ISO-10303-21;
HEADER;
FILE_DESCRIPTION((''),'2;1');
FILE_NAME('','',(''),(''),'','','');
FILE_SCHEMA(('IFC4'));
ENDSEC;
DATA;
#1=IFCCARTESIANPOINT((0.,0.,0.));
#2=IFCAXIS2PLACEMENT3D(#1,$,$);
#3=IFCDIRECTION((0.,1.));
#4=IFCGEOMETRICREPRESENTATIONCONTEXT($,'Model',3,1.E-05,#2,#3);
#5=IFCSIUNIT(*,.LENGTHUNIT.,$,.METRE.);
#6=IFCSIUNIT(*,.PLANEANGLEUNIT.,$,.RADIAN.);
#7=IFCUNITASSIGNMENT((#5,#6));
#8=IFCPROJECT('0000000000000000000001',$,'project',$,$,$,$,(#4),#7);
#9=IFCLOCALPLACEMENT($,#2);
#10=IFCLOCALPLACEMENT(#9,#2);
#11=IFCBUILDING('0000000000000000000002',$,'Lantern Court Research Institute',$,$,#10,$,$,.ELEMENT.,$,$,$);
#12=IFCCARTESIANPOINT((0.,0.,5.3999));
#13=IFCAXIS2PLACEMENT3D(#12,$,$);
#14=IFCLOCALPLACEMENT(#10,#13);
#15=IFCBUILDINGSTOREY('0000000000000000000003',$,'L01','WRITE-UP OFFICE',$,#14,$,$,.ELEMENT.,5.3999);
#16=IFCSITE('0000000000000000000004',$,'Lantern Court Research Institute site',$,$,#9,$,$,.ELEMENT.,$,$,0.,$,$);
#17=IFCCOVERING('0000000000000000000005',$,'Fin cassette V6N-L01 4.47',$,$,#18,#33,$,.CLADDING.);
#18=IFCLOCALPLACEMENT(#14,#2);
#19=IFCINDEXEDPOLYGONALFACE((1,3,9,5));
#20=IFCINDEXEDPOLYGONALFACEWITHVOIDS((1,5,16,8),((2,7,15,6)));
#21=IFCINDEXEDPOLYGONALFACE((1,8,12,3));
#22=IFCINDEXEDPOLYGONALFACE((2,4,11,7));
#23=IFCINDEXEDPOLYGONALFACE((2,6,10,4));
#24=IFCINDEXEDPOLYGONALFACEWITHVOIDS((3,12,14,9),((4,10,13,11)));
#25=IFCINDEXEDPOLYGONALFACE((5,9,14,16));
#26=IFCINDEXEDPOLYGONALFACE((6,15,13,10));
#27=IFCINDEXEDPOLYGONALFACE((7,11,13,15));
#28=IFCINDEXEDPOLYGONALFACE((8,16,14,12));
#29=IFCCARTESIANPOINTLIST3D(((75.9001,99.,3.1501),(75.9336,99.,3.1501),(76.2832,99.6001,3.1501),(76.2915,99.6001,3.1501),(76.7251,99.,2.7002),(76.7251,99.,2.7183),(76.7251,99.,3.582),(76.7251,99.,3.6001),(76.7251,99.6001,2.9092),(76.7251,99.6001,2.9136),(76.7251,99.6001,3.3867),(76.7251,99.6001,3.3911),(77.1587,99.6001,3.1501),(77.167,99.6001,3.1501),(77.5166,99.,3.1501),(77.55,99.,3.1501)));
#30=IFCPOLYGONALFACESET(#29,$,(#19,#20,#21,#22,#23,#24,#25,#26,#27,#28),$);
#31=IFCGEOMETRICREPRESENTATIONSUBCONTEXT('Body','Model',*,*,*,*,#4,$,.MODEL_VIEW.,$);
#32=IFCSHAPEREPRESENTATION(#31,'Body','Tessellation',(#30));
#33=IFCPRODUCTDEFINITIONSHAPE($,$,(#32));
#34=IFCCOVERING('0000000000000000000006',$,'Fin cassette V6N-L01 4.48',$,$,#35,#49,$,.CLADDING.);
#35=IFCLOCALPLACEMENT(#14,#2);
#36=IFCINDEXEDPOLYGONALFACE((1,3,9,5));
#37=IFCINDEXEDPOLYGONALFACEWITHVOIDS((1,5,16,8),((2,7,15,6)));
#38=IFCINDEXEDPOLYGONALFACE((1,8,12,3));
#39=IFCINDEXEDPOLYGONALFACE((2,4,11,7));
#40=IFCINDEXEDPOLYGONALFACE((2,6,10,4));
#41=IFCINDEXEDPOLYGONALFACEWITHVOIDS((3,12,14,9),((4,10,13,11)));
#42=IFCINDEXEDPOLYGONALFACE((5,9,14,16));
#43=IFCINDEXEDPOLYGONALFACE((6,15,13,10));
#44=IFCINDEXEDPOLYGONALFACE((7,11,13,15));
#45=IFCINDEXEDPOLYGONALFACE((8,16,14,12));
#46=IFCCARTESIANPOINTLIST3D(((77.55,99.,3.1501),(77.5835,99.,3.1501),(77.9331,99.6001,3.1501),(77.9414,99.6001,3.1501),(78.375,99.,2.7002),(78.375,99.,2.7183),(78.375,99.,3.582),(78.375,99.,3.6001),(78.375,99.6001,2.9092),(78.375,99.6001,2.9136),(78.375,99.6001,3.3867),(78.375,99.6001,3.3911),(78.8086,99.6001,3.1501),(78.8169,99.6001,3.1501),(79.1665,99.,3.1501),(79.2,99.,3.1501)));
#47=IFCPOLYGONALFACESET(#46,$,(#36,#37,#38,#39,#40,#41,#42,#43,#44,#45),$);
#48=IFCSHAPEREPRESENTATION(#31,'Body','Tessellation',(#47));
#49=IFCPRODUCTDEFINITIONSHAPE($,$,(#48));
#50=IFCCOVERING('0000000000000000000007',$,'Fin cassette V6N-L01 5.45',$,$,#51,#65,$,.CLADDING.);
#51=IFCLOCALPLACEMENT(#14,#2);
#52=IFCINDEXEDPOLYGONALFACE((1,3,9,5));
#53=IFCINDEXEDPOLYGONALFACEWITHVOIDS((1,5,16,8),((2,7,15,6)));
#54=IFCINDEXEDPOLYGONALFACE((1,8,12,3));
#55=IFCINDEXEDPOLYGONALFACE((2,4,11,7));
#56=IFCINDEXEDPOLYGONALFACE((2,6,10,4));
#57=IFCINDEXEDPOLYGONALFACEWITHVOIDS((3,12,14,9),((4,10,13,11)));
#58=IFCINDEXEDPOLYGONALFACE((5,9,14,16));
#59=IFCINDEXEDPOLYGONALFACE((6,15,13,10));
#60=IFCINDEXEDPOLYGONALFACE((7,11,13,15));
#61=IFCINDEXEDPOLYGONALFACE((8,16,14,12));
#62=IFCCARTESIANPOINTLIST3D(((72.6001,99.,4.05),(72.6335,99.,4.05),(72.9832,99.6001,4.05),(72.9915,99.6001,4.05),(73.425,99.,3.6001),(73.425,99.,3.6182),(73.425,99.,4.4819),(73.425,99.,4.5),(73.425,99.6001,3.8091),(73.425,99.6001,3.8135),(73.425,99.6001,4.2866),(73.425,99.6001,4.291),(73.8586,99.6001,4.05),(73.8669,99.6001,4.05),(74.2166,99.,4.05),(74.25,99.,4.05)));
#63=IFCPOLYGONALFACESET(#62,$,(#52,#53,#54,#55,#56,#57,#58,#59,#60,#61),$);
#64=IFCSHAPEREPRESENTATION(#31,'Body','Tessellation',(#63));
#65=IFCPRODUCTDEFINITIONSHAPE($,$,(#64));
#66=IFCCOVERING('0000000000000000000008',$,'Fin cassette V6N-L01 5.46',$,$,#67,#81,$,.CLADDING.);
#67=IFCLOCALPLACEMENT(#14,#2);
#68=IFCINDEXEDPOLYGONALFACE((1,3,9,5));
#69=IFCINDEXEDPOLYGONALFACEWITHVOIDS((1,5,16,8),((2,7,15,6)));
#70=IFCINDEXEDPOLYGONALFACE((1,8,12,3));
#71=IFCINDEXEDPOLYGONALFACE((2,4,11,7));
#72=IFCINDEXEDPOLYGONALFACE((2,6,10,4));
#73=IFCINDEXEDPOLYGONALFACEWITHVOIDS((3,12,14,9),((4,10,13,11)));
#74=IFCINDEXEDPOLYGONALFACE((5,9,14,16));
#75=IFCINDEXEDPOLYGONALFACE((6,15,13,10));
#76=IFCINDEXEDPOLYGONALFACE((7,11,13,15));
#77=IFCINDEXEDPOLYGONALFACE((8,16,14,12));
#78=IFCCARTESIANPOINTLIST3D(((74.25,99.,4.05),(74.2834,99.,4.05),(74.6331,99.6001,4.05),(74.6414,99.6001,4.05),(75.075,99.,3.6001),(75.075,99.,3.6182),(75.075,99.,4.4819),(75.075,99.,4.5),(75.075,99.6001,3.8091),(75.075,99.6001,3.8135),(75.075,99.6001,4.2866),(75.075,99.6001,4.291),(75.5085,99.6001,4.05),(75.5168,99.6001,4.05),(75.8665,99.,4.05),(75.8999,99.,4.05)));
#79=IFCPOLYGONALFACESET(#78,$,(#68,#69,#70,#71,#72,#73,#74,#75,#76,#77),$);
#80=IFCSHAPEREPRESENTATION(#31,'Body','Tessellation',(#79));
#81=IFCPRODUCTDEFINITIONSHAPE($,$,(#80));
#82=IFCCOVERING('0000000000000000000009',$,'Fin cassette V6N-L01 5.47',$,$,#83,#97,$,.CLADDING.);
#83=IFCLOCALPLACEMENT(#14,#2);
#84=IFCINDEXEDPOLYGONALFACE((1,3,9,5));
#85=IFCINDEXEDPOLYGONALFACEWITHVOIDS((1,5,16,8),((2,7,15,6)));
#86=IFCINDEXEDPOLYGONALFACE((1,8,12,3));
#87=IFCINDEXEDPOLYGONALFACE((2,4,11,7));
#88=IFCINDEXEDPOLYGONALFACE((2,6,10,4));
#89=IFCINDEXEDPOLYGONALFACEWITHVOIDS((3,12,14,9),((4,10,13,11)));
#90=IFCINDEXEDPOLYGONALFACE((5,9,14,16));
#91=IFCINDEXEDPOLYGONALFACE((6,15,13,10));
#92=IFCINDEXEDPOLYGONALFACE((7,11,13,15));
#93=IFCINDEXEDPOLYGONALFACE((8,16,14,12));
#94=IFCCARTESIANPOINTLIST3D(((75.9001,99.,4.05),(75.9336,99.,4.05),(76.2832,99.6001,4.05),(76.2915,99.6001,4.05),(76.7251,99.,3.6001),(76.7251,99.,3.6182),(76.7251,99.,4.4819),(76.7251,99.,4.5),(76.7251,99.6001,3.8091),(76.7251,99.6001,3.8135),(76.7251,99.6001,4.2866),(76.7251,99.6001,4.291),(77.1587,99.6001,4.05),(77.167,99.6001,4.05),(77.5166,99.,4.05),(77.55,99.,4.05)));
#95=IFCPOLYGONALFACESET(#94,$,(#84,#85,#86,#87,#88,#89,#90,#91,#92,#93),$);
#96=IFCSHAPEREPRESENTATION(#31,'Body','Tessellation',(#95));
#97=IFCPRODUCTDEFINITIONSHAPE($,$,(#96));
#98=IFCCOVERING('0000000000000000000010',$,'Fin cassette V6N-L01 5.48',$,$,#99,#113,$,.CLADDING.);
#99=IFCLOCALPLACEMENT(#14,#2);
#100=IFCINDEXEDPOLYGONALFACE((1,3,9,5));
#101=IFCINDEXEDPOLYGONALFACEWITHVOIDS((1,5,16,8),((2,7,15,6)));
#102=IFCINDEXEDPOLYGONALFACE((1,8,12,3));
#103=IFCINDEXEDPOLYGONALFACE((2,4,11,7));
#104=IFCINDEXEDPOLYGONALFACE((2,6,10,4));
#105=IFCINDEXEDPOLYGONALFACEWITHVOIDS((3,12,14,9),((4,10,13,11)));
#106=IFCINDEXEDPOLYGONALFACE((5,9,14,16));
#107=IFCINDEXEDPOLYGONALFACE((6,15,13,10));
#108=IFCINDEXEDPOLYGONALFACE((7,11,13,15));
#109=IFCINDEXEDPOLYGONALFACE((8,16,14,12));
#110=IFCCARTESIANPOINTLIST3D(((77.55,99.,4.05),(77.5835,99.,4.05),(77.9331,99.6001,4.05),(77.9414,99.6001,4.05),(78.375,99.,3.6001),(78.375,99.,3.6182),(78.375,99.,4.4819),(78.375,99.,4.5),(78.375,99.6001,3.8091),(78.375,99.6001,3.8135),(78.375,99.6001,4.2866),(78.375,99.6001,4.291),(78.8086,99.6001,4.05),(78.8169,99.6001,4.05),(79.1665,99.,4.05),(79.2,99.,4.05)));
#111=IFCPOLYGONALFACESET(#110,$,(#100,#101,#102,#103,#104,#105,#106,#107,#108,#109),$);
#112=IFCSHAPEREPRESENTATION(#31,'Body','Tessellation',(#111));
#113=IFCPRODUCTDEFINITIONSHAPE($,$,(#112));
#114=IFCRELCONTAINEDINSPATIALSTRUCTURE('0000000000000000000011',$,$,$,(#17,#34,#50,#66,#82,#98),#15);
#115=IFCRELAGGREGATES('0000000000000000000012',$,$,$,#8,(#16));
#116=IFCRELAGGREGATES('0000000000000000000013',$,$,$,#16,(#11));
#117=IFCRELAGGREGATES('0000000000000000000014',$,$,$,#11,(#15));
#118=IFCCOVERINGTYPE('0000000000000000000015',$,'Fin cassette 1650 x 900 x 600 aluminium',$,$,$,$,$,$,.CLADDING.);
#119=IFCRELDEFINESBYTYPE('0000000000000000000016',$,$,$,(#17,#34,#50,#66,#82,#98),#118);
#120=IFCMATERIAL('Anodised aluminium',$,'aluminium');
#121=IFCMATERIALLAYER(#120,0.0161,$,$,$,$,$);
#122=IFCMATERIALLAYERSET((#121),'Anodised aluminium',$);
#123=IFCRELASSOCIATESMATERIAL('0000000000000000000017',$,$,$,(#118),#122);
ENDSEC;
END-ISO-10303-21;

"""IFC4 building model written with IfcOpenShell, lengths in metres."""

from ifc_helpers import new_model, entity, si_unit, direction, frame, origin, place, context, subcontext, project, spatial, material, layer, layer_set, type_object, element, save


model = new_model("IFC4")

# Units and contexts
model_context = context("Model", 3, precision=1e-05, world=origin(), true_north=direction((0.0, 1.0)))
body_context = subcontext(model_context, "Body", "Model", "MODEL_VIEW")
ifc_project = project(units=[si_unit("LENGTHUNIT", "METRE"), si_unit("PLANEANGLEUNIT", "RADIAN")], contexts=[model_context])

# Site, building, storey
site_placement = place(None, origin())
site = spatial("IfcSite", under=ifc_project, at=site_placement, Name="Lantern Court Research Institute site", CompositionType="ELEMENT", RefElevation=0.0)
building_placement = place(site_placement, origin())
building = spatial("IfcBuilding", under=site, at=building_placement, Name="Lantern Court Research Institute", CompositionType="ELEMENT")
storey_placement = place(building_placement, frame((0.0, 0.0, 5.3999)))
storey = spatial("IfcBuildingStorey", under=building, at=storey_placement, Name="L01", Description="WRITE-UP OFFICE", CompositionType="ELEMENT", Elevation=5.3999)

# Coverings
ifc_material_1 = material(Name="Anodised aluminium", Category="aluminium")
ifc_layer_1 = layer(ifc_material_1, 0.0161)
ifc_layer_set_1 = layer_set([ifc_layer_1], Name="Anodised aluminium")
covering_type = type_object("IfcCoveringType", Name="Fin cassette 1650 x 900 x 600 aluminium", PredefinedType="CLADDING", material=ifc_layer_set_1)
covering_1_placement = place(storey_placement, frame((76.7251, 99.0, 3.1501), z_axis=(0.0, 1.0, 0.0), x_axis=(-1.0, 0.0, 0.0)))
cartesian_point_1 = entity("IfcCartesianPoint", [0.825, 0.0])
cartesian_point_2 = entity("IfcCartesianPoint", [0.7915, 0.0])
cartesian_point_3 = entity("IfcCartesianPoint", [0.4419, 0.0])
cartesian_point_4 = entity("IfcCartesianPoint", [0.4336, 0.0])
element("IfcCovering", 1, at=covering_1_placement, inside=storey, type_object=covering_type, Name="Fin cassette V6N-L01 4.47", PredefinedType="CLADDING", context=body_context, shape_type="SweptSolid", body=[
    entity("IfcExtrudedAreaSolidTapered", entity("IfcArbitraryProfileDefWithVoids", "AREA", None, entity("IfcPolyline", [cartesian_point_1, entity("IfcCartesianPoint", [0.0, 0.45]), entity("IfcCartesianPoint", [-0.825, 0.0]), entity("IfcCartesianPoint", [0.0, -0.45]), cartesian_point_1]), [entity("IfcPolyline", [cartesian_point_2, entity("IfcCartesianPoint", [0.0, 0.4319]), entity("IfcCartesianPoint", [-0.7915, 0.0]), entity("IfcCartesianPoint", [0.0, -0.4319]), cartesian_point_2])]), entity("IfcAxis2Placement3D", entity("IfcCartesianPoint", [0.0, 0.0, 0.0])), entity("IfcDirection", [0.0, 0.0, 1.0]), 0.6001, entity("IfcArbitraryProfileDefWithVoids", "AREA", None, entity("IfcPolyline", [cartesian_point_3, entity("IfcCartesianPoint", [0.0, 0.241]), entity("IfcCartesianPoint", [-0.4419, 0.0]), entity("IfcCartesianPoint", [0.0, -0.241]), cartesian_point_3]), [entity("IfcPolyline", [cartesian_point_4, entity("IfcCartesianPoint", [0.0, 0.2366]), entity("IfcCartesianPoint", [-0.4336, 0.0]), entity("IfcCartesianPoint", [0.0, -0.2366]), cartesian_point_4])])),
])
covering_2_placement = place(storey_placement, frame((78.375, 99.0, 3.1501), z_axis=(0.0, 1.0, 0.0), x_axis=(-1.0, 0.0, 0.0)))
cartesian_point_5 = entity("IfcCartesianPoint", [0.825, 0.0])
cartesian_point_6 = entity("IfcCartesianPoint", [0.7915, 0.0])
cartesian_point_7 = entity("IfcCartesianPoint", [0.4419, 0.0])
cartesian_point_8 = entity("IfcCartesianPoint", [0.4336, 0.0])
element("IfcCovering", 2, at=covering_2_placement, inside=storey, type_object=covering_type, Name="Fin cassette V6N-L01 4.48", PredefinedType="CLADDING", context=body_context, shape_type="SweptSolid", body=[
    entity("IfcExtrudedAreaSolidTapered", entity("IfcArbitraryProfileDefWithVoids", "AREA", None, entity("IfcPolyline", [cartesian_point_5, entity("IfcCartesianPoint", [0.0, 0.45]), entity("IfcCartesianPoint", [-0.825, 0.0]), entity("IfcCartesianPoint", [0.0, -0.45]), cartesian_point_5]), [entity("IfcPolyline", [cartesian_point_6, entity("IfcCartesianPoint", [0.0, 0.4319]), entity("IfcCartesianPoint", [-0.7915, 0.0]), entity("IfcCartesianPoint", [0.0, -0.4319]), cartesian_point_6])]), entity("IfcAxis2Placement3D", entity("IfcCartesianPoint", [0.0, 0.0, 0.0])), entity("IfcDirection", [0.0, 0.0, 1.0]), 0.6001, entity("IfcArbitraryProfileDefWithVoids", "AREA", None, entity("IfcPolyline", [cartesian_point_7, entity("IfcCartesianPoint", [0.0, 0.241]), entity("IfcCartesianPoint", [-0.4419, 0.0]), entity("IfcCartesianPoint", [0.0, -0.241]), cartesian_point_7]), [entity("IfcPolyline", [cartesian_point_8, entity("IfcCartesianPoint", [0.0, 0.2366]), entity("IfcCartesianPoint", [-0.4336, 0.0]), entity("IfcCartesianPoint", [0.0, -0.2366]), cartesian_point_8])])),
])
covering_3_placement = place(storey_placement, frame((73.425, 99.0, 4.05), z_axis=(0.0, 1.0, 0.0), x_axis=(-1.0, 0.0, 0.0)))
cartesian_point_9 = entity("IfcCartesianPoint", [0.825, 0.0])
cartesian_point_10 = entity("IfcCartesianPoint", [0.7915, 0.0])
cartesian_point_11 = entity("IfcCartesianPoint", [0.4419, 0.0])
cartesian_point_12 = entity("IfcCartesianPoint", [0.4336, 0.0])
element("IfcCovering", 3, at=covering_3_placement, inside=storey, type_object=covering_type, Name="Fin cassette V6N-L01 5.45", PredefinedType="CLADDING", context=body_context, shape_type="SweptSolid", body=[
    entity("IfcExtrudedAreaSolidTapered", entity("IfcArbitraryProfileDefWithVoids", "AREA", None, entity("IfcPolyline", [cartesian_point_9, entity("IfcCartesianPoint", [0.0, 0.45]), entity("IfcCartesianPoint", [-0.825, 0.0]), entity("IfcCartesianPoint", [0.0, -0.45]), cartesian_point_9]), [entity("IfcPolyline", [cartesian_point_10, entity("IfcCartesianPoint", [0.0, 0.4319]), entity("IfcCartesianPoint", [-0.7915, 0.0]), entity("IfcCartesianPoint", [0.0, -0.4319]), cartesian_point_10])]), entity("IfcAxis2Placement3D", entity("IfcCartesianPoint", [0.0, 0.0, 0.0])), entity("IfcDirection", [0.0, 0.0, 1.0]), 0.6001, entity("IfcArbitraryProfileDefWithVoids", "AREA", None, entity("IfcPolyline", [cartesian_point_11, entity("IfcCartesianPoint", [0.0, 0.241]), entity("IfcCartesianPoint", [-0.4419, 0.0]), entity("IfcCartesianPoint", [0.0, -0.241]), cartesian_point_11]), [entity("IfcPolyline", [cartesian_point_12, entity("IfcCartesianPoint", [0.0, 0.2366]), entity("IfcCartesianPoint", [-0.4336, 0.0]), entity("IfcCartesianPoint", [0.0, -0.2366]), cartesian_point_12])])),
])
covering_4_placement = place(storey_placement, frame((75.075, 99.0, 4.05), z_axis=(0.0, 1.0, 0.0), x_axis=(-1.0, 0.0, 0.0)))
cartesian_point_13 = entity("IfcCartesianPoint", [0.825, 0.0])
cartesian_point_14 = entity("IfcCartesianPoint", [0.7915, 0.0])
cartesian_point_15 = entity("IfcCartesianPoint", [0.4419, 0.0])
cartesian_point_16 = entity("IfcCartesianPoint", [0.4336, 0.0])
element("IfcCovering", 4, at=covering_4_placement, inside=storey, type_object=covering_type, Name="Fin cassette V6N-L01 5.46", PredefinedType="CLADDING", context=body_context, shape_type="SweptSolid", body=[
    entity("IfcExtrudedAreaSolidTapered", entity("IfcArbitraryProfileDefWithVoids", "AREA", None, entity("IfcPolyline", [cartesian_point_13, entity("IfcCartesianPoint", [0.0, 0.45]), entity("IfcCartesianPoint", [-0.825, 0.0]), entity("IfcCartesianPoint", [0.0, -0.45]), cartesian_point_13]), [entity("IfcPolyline", [cartesian_point_14, entity("IfcCartesianPoint", [0.0, 0.4319]), entity("IfcCartesianPoint", [-0.7915, 0.0]), entity("IfcCartesianPoint", [0.0, -0.4319]), cartesian_point_14])]), entity("IfcAxis2Placement3D", entity("IfcCartesianPoint", [0.0, 0.0, 0.0])), entity("IfcDirection", [0.0, 0.0, 1.0]), 0.6001, entity("IfcArbitraryProfileDefWithVoids", "AREA", None, entity("IfcPolyline", [cartesian_point_15, entity("IfcCartesianPoint", [0.0, 0.241]), entity("IfcCartesianPoint", [-0.4419, 0.0]), entity("IfcCartesianPoint", [0.0, -0.241]), cartesian_point_15]), [entity("IfcPolyline", [cartesian_point_16, entity("IfcCartesianPoint", [0.0, 0.2366]), entity("IfcCartesianPoint", [-0.4336, 0.0]), entity("IfcCartesianPoint", [0.0, -0.2366]), cartesian_point_16])])),
])
covering_5_placement = place(storey_placement, frame((76.7251, 99.0, 4.05), z_axis=(0.0, 1.0, 0.0), x_axis=(-1.0, 0.0, 0.0)))
cartesian_point_17 = entity("IfcCartesianPoint", [0.825, 0.0])
cartesian_point_18 = entity("IfcCartesianPoint", [0.7915, 0.0])
cartesian_point_19 = entity("IfcCartesianPoint", [0.4419, 0.0])
cartesian_point_20 = entity("IfcCartesianPoint", [0.4336, 0.0])
element("IfcCovering", 5, at=covering_5_placement, inside=storey, type_object=covering_type, Name="Fin cassette V6N-L01 5.47", PredefinedType="CLADDING", context=body_context, shape_type="SweptSolid", body=[
    entity("IfcExtrudedAreaSolidTapered", entity("IfcArbitraryProfileDefWithVoids", "AREA", None, entity("IfcPolyline", [cartesian_point_17, entity("IfcCartesianPoint", [0.0, 0.45]), entity("IfcCartesianPoint", [-0.825, 0.0]), entity("IfcCartesianPoint", [0.0, -0.45]), cartesian_point_17]), [entity("IfcPolyline", [cartesian_point_18, entity("IfcCartesianPoint", [0.0, 0.4319]), entity("IfcCartesianPoint", [-0.7915, 0.0]), entity("IfcCartesianPoint", [0.0, -0.4319]), cartesian_point_18])]), entity("IfcAxis2Placement3D", entity("IfcCartesianPoint", [0.0, 0.0, 0.0])), entity("IfcDirection", [0.0, 0.0, 1.0]), 0.6001, entity("IfcArbitraryProfileDefWithVoids", "AREA", None, entity("IfcPolyline", [cartesian_point_19, entity("IfcCartesianPoint", [0.0, 0.241]), entity("IfcCartesianPoint", [-0.4419, 0.0]), entity("IfcCartesianPoint", [0.0, -0.241]), cartesian_point_19]), [entity("IfcPolyline", [cartesian_point_20, entity("IfcCartesianPoint", [0.0, 0.2366]), entity("IfcCartesianPoint", [-0.4336, 0.0]), entity("IfcCartesianPoint", [0.0, -0.2366]), cartesian_point_20])])),
])
covering_6_placement = place(storey_placement, frame((78.375, 99.0, 4.05), z_axis=(0.0, 1.0, 0.0), x_axis=(-1.0, 0.0, 0.0)))
cartesian_point_21 = entity("IfcCartesianPoint", [0.825, 0.0])
cartesian_point_22 = entity("IfcCartesianPoint", [0.7915, 0.0])
cartesian_point_23 = entity("IfcCartesianPoint", [0.4419, 0.0])
cartesian_point_24 = entity("IfcCartesianPoint", [0.4336, 0.0])
element("IfcCovering", 6, at=covering_6_placement, inside=storey, type_object=covering_type, Name="Fin cassette V6N-L01 5.48", PredefinedType="CLADDING", context=body_context, shape_type="SweptSolid", body=[
    entity("IfcExtrudedAreaSolidTapered", entity("IfcArbitraryProfileDefWithVoids", "AREA", None, entity("IfcPolyline", [cartesian_point_21, entity("IfcCartesianPoint", [0.0, 0.45]), entity("IfcCartesianPoint", [-0.825, 0.0]), entity("IfcCartesianPoint", [0.0, -0.45]), cartesian_point_21]), [entity("IfcPolyline", [cartesian_point_22, entity("IfcCartesianPoint", [0.0, 0.4319]), entity("IfcCartesianPoint", [-0.7915, 0.0]), entity("IfcCartesianPoint", [0.0, -0.4319]), cartesian_point_22])]), entity("IfcAxis2Placement3D", entity("IfcCartesianPoint", [0.0, 0.0, 0.0])), entity("IfcDirection", [0.0, 0.0, 1.0]), 0.6001, entity("IfcArbitraryProfileDefWithVoids", "AREA", None, entity("IfcPolyline", [cartesian_point_23, entity("IfcCartesianPoint", [0.0, 0.241]), entity("IfcCartesianPoint", [-0.4419, 0.0]), entity("IfcCartesianPoint", [0.0, -0.241]), cartesian_point_23]), [entity("IfcPolyline", [cartesian_point_24, entity("IfcCartesianPoint", [0.0, 0.2366]), entity("IfcCartesianPoint", [-0.4336, 0.0]), entity("IfcCartesianPoint", [0.0, -0.2366]), cartesian_point_24])])),
])

save(model, "model.ifc")
